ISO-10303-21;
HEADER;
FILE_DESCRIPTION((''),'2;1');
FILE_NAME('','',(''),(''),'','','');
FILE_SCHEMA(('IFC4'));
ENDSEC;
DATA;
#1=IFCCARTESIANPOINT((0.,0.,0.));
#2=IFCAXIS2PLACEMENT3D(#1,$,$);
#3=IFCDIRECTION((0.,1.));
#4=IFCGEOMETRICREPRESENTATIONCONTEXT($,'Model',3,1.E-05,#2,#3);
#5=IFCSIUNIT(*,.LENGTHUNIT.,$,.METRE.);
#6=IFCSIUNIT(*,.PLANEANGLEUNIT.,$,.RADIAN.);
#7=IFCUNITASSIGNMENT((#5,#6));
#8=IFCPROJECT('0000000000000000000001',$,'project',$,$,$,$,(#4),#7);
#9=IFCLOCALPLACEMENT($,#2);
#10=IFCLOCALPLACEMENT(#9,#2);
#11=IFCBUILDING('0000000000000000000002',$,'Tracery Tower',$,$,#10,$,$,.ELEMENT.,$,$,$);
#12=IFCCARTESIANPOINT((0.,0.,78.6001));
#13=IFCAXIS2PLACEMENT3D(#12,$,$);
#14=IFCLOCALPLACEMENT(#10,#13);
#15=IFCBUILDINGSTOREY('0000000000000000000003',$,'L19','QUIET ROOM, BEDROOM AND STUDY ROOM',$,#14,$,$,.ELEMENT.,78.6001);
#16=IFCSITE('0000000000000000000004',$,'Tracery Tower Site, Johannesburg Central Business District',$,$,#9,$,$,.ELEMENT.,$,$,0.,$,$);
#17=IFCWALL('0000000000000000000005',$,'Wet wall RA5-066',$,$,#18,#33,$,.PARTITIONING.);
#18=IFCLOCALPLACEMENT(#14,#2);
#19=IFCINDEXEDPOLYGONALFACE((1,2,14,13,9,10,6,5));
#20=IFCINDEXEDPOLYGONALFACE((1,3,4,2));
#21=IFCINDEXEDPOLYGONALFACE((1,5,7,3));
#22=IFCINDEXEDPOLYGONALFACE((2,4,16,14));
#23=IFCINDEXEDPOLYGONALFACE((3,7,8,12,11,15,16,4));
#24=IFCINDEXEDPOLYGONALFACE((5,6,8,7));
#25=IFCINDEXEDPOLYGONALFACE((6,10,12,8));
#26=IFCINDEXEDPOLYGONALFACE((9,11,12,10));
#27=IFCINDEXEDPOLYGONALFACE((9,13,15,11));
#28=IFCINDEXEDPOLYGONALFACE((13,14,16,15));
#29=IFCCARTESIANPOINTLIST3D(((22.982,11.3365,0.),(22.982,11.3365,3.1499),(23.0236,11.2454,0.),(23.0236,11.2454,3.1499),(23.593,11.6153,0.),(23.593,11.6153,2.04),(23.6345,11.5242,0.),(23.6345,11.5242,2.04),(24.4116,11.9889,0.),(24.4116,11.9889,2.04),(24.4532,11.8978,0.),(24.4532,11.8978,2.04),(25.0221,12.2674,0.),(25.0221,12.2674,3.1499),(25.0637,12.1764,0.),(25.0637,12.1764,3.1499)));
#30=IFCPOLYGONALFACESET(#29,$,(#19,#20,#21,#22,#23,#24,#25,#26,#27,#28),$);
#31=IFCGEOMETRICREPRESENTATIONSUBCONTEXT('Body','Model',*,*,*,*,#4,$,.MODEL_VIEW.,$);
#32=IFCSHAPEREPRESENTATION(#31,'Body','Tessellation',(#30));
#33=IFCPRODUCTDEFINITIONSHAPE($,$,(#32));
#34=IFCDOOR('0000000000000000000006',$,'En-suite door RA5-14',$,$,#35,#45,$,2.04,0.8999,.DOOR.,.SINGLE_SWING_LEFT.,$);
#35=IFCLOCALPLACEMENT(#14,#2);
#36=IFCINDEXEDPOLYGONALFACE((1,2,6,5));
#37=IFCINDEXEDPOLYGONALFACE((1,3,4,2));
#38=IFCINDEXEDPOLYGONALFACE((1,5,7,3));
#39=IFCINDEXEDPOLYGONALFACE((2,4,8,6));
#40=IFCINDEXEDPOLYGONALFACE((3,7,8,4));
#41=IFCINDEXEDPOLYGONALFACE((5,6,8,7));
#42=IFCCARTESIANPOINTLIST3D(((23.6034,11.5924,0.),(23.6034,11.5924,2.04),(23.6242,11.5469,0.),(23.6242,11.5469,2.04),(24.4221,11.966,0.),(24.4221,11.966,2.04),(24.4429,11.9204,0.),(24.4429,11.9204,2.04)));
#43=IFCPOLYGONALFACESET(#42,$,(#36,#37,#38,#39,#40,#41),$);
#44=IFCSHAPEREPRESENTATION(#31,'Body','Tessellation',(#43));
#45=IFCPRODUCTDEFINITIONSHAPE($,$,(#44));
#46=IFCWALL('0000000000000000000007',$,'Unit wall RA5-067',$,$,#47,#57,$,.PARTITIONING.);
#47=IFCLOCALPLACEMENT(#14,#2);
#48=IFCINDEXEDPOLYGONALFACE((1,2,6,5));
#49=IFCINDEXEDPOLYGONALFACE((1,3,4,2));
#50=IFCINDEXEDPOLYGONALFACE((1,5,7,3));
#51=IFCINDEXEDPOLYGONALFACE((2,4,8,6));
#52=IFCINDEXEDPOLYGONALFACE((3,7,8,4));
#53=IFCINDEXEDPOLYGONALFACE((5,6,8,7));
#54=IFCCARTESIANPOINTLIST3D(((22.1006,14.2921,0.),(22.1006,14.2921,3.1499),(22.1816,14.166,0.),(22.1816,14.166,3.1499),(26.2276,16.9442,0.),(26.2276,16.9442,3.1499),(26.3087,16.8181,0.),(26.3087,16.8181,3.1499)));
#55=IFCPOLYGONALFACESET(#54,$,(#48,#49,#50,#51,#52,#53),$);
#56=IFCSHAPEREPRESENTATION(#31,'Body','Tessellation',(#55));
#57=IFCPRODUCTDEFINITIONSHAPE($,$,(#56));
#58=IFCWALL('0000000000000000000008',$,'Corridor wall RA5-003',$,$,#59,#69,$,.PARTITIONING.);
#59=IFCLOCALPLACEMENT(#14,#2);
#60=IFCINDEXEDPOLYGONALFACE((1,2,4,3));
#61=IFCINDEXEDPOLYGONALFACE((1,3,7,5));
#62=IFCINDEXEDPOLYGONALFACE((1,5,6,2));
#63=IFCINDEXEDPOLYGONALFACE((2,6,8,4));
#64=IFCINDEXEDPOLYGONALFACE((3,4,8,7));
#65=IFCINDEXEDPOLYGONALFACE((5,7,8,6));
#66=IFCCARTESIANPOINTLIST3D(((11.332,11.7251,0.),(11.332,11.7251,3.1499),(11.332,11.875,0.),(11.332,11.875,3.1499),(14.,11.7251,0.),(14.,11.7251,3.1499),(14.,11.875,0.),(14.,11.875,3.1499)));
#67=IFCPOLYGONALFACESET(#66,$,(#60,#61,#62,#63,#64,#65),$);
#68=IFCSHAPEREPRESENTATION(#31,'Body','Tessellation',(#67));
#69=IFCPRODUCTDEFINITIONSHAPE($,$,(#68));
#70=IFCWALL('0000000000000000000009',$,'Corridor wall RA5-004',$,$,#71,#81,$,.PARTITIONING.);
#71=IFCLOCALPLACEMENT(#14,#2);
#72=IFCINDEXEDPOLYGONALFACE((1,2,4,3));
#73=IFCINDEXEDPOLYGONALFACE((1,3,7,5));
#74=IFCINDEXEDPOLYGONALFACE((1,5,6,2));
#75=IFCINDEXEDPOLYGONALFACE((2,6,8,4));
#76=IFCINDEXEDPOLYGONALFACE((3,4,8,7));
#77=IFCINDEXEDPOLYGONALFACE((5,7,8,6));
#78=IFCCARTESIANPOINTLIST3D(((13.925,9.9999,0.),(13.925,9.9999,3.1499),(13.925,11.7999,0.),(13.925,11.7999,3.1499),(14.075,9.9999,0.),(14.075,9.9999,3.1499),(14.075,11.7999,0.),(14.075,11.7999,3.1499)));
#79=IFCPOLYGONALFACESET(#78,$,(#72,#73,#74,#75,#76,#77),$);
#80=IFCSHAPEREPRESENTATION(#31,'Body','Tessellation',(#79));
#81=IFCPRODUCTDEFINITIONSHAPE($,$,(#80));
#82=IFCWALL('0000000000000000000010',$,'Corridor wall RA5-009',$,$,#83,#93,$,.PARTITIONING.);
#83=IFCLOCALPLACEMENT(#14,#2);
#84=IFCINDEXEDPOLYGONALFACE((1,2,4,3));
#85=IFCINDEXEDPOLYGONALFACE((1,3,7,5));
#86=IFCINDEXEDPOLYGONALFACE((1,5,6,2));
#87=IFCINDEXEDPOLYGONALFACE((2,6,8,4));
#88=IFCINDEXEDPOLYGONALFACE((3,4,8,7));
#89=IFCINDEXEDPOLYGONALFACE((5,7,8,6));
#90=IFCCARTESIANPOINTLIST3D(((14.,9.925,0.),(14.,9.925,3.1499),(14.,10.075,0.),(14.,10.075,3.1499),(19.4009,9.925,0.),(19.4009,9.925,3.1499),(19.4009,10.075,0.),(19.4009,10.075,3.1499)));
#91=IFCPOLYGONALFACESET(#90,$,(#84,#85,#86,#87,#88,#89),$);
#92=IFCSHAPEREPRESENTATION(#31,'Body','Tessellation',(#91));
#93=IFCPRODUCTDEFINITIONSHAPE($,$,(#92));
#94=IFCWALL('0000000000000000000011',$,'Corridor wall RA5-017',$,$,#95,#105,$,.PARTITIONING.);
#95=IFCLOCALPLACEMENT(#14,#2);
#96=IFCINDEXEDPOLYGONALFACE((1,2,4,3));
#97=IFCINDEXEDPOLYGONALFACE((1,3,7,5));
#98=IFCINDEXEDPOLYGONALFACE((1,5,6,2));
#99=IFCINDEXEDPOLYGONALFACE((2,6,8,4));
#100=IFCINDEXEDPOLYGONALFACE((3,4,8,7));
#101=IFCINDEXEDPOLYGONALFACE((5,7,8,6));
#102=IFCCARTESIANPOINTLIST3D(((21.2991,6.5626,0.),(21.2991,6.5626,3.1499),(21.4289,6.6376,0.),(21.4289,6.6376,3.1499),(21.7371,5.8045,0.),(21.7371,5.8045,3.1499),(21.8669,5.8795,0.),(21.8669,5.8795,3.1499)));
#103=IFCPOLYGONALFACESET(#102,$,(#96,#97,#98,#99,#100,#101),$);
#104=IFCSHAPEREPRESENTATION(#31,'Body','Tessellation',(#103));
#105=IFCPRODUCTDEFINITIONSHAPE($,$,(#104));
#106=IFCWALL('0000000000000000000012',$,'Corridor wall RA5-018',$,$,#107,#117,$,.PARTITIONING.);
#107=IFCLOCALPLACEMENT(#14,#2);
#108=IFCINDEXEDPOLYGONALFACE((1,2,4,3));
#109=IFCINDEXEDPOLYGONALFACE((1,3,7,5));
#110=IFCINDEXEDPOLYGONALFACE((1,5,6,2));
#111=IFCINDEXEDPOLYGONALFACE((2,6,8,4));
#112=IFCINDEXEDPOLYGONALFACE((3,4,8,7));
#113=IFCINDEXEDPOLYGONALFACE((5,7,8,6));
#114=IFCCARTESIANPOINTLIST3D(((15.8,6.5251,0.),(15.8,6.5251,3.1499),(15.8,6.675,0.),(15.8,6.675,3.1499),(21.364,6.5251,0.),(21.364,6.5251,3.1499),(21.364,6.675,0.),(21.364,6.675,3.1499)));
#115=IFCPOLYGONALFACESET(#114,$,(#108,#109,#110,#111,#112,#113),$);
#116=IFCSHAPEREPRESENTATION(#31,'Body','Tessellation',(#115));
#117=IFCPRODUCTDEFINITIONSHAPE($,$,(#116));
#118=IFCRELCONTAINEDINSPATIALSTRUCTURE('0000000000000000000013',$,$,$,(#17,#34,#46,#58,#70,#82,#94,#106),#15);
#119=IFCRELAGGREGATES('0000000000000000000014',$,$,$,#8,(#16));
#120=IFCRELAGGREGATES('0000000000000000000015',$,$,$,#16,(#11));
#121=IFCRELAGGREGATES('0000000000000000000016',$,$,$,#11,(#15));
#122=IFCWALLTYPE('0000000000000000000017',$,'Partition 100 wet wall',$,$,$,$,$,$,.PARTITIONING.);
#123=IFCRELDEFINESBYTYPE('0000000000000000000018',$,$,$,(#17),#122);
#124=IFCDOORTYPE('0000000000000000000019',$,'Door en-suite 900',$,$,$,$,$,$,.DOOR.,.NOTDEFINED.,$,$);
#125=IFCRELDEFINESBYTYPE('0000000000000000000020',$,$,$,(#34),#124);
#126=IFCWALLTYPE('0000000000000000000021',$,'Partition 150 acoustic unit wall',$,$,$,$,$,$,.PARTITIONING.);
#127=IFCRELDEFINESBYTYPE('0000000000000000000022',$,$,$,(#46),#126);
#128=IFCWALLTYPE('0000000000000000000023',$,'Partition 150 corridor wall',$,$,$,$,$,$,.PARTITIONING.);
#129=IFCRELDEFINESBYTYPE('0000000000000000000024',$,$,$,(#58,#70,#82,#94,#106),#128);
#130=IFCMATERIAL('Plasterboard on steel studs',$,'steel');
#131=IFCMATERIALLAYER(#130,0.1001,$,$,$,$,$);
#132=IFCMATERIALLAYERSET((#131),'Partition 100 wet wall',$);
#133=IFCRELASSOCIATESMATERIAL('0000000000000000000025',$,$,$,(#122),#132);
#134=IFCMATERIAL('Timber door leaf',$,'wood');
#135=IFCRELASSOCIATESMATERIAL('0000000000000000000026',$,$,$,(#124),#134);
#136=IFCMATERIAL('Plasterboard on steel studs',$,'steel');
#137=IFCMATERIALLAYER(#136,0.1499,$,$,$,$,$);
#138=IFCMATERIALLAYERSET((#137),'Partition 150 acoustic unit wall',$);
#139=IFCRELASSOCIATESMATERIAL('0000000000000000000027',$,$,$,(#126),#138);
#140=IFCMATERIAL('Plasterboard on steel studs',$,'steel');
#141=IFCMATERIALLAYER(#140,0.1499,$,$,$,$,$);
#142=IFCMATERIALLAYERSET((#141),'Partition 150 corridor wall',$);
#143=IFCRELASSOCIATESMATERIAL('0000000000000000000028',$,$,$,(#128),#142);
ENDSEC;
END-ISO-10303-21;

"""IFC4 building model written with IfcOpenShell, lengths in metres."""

from ifc_helpers import new_model, si_unit, direction, frame, frame_2d, origin, place, context, subcontext, project, spatial, rectangle, extrude, material, layer, layer_set, type_object, element, fill, save


model = new_model("IFC4")

# Units and contexts
model_context = context("Model", 3, precision=1e-05, world=origin(), true_north=direction((0.0, 1.0)))
body_context = subcontext(model_context, "Body", "Model", "MODEL_VIEW")
ifc_project = project(units=[si_unit("LENGTHUNIT", "METRE"), si_unit("PLANEANGLEUNIT", "RADIAN")], contexts=[model_context])

# Site, building, storey
site_placement = place(None, origin())
site = spatial("IfcSite", under=ifc_project, at=site_placement, Name="Tracery Tower Site, Johannesburg Central Business District", CompositionType="ELEMENT", RefElevation=0.0)
building_placement = place(site_placement, origin())
building = spatial("IfcBuilding", under=site, at=building_placement, Name="Tracery Tower", CompositionType="ELEMENT")
storey_placement = place(building_placement, frame((0.0, 0.0, 78.6001)))
storey = spatial("IfcBuildingStorey", under=building, at=storey_placement, Name="L19", Description="QUIET ROOM, BEDROOM AND STUDY ROOM", CompositionType="ELEMENT", Elevation=78.6001)

# Wall, opening, door
ifc_material_1 = material(Name="Plasterboard on steel studs", Category="steel")
ifc_layer_1 = layer(ifc_material_1, 0.1001)
ifc_layer_set_1 = layer_set([ifc_layer_1], Name="Partition 100 wet wall")
wall_type_1 = type_object("IfcWallType", Name="Partition 100 wet wall", PredefinedType="PARTITIONING", material=ifc_layer_set_1)
wall_1_placement = place(storey_placement, frame((23.0029, 11.291, 0.0), z_axis=(0.0, 0.0, 1.0), x_axis=(0.909758, 0.41514, 0.0)))
wall_1 = element("IfcWall", 1, at=wall_1_placement, inside=storey, type_object=wall_type_1, Name="Wet wall RA5-066", PredefinedType="PARTITIONING", context=body_context, shape_type="SweptSolid", body=[
    extrude(rectangle(XDim=2.2424, YDim=0.1001, at=frame_2d((1.1211, 0.0))), origin(), (0.0, 0.0, 1.0), 3.1499),
])
opening_1_placement = place(wall_1_placement, frame((0.6714, 0.0, 0.0)))
opening_1 = element("IfcOpeningElement", 2, at=opening_1_placement, cuts=wall_1, PredefinedType="OPENING", context=body_context, shape_type="SweptSolid", body=[
    extrude(rectangle(XDim=0.8999, YDim=2.04, at=frame_2d((0.45, 1.02))), frame((0.0, 0.05, 0.0), z_axis=(0.0, -1.0, 0.0), x_axis=(1.0, 0.0, 0.0)), (0.0, 0.0, 1.0), 0.1001),
])
ifc_material_2 = material(Name="Timber door leaf", Category="wood")
door_type_1 = type_object("IfcDoorType", Name="Door en-suite 900", OperationType="NOTDEFINED", PredefinedType="DOOR", material=ifc_material_2)
door_1_placement = place(opening_1_placement, origin())
door_1 = element("IfcDoor", 3, at=door_1_placement, inside=storey, type_object=door_type_1, Name="En-suite door RA5-14", OperationType="SINGLE_SWING_LEFT", OverallHeight=2.04, OverallWidth=0.8999, PredefinedType="DOOR", context=body_context, shape_type="SweptSolid", body=[
    extrude(rectangle(XDim=0.8999, YDim=2.04, at=frame_2d((0.45, 1.02))), frame((0.0, 0.0249, 0.0), z_axis=(0.0, -1.0, 0.0), x_axis=(1.0, 0.0, 0.0)), (0.0, 0.0, 1.0), 0.05),
])
fill(opening_1, door_1)

# Walls
ifc_material_3 = material(Name="Plasterboard on steel studs", Category="steel")
ifc_layer_2 = layer(ifc_material_3, 0.1499)
ifc_layer_set_2 = layer_set([ifc_layer_2], Name="Partition 150 acoustic unit wall")
wall_type_2 = type_object("IfcWallType", Name="Partition 150 acoustic unit wall", PredefinedType="PARTITIONING", material=ifc_layer_set_2)
wall_2_placement = place(storey_placement, frame((22.1411, 14.229, 0.0), z_axis=(0.0, 0.0, 1.0), x_axis=(0.841266, 0.540622, 0.0)))
element("IfcWall", 4, at=wall_2_placement, inside=storey, type_object=wall_type_2, Name="Unit wall RA5-067", PredefinedType="PARTITIONING", context=body_context, shape_type="SweptSolid", body=[
    extrude(rectangle(XDim=4.9058, YDim=0.1499, at=frame_2d((2.4529, 0.0))), origin(), (0.0, 0.0, 1.0), 3.1499),
])
ifc_material_4 = material(Name="Plasterboard on steel studs", Category="steel")
ifc_layer_3 = layer(ifc_material_4, 0.1499)
ifc_layer_set_3 = layer_set([ifc_layer_3], Name="Partition 150 corridor wall")
wall_type_3 = type_object("IfcWallType", Name="Partition 150 corridor wall", PredefinedType="PARTITIONING", material=ifc_layer_set_3)
wall_3_placement = place(storey_placement, frame((11.332, 11.8, 0.0), z_axis=(0.0, 0.0, 1.0), x_axis=(1.0, 0.0, 0.0)))
element("IfcWall", 5, at=wall_3_placement, inside=storey, type_object=wall_type_3, Name="Corridor wall RA5-003", PredefinedType="PARTITIONING", context=body_context, shape_type="SweptSolid", body=[
    extrude(rectangle(XDim=2.668, YDim=0.1499, at=frame_2d((1.334, 0.0))), origin(), (0.0, 0.0, 1.0), 3.1499),
])
wall_4_placement = place(storey_placement, frame((14.0, 10.0, 0.0), z_axis=(0.0, 0.0, 1.0), x_axis=(0.0, 1.0, 0.0)))
element("IfcWall", 6, at=wall_4_placement, inside=storey, type_object=wall_type_3, Name="Corridor wall RA5-004", PredefinedType="PARTITIONING", context=body_context, shape_type="SweptSolid", body=[
    extrude(rectangle(XDim=1.8, YDim=0.1499, at=frame_2d((0.8999, 0.0))), origin(), (0.0, 0.0, 1.0), 3.1499),
])
wall_5_placement = place(storey_placement, frame((14.0, 10.0, 0.0), z_axis=(0.0, 0.0, 1.0), x_axis=(1.0, 0.0, 0.0)))
element("IfcWall", 7, at=wall_5_placement, inside=storey, type_object=wall_type_3, Name="Corridor wall RA5-009", PredefinedType="PARTITIONING", context=body_context, shape_type="SweptSolid", body=[
    extrude(rectangle(XDim=5.4009, YDim=0.1499, at=frame_2d((2.7004, 0.0))), origin(), (0.0, 0.0, 1.0), 3.1499),
])
wall_6_placement = place(storey_placement, frame((21.364, 6.6001, 0.0), z_axis=(0.0, 0.0, 1.0), x_axis=(0.500278, -0.865865, 0.0)))
element("IfcWall", 8, at=wall_6_placement, inside=storey, type_object=wall_type_3, Name="Corridor wall RA5-017", PredefinedType="PARTITIONING", context=body_context, shape_type="SweptSolid", body=[
    extrude(rectangle(XDim=0.8755, YDim=0.1499, at=frame_2d((0.4377, 0.0))), origin(), (0.0, 0.0, 1.0), 3.1499),
])
wall_7_placement = place(storey_placement, frame((15.8, 6.6001, 0.0), z_axis=(0.0, 0.0, 1.0), x_axis=(1.0, 0.0, 0.0)))
element("IfcWall", 9, at=wall_7_placement, inside=storey, type_object=wall_type_3, Name="Corridor wall RA5-018", PredefinedType="PARTITIONING", context=body_context, shape_type="SweptSolid", body=[
    extrude(rectangle(XDim=5.564, YDim=0.1499, at=frame_2d((2.782, 0.0))), origin(), (0.0, 0.0, 1.0), 3.1499),
])

save(model, "model.ifc")
